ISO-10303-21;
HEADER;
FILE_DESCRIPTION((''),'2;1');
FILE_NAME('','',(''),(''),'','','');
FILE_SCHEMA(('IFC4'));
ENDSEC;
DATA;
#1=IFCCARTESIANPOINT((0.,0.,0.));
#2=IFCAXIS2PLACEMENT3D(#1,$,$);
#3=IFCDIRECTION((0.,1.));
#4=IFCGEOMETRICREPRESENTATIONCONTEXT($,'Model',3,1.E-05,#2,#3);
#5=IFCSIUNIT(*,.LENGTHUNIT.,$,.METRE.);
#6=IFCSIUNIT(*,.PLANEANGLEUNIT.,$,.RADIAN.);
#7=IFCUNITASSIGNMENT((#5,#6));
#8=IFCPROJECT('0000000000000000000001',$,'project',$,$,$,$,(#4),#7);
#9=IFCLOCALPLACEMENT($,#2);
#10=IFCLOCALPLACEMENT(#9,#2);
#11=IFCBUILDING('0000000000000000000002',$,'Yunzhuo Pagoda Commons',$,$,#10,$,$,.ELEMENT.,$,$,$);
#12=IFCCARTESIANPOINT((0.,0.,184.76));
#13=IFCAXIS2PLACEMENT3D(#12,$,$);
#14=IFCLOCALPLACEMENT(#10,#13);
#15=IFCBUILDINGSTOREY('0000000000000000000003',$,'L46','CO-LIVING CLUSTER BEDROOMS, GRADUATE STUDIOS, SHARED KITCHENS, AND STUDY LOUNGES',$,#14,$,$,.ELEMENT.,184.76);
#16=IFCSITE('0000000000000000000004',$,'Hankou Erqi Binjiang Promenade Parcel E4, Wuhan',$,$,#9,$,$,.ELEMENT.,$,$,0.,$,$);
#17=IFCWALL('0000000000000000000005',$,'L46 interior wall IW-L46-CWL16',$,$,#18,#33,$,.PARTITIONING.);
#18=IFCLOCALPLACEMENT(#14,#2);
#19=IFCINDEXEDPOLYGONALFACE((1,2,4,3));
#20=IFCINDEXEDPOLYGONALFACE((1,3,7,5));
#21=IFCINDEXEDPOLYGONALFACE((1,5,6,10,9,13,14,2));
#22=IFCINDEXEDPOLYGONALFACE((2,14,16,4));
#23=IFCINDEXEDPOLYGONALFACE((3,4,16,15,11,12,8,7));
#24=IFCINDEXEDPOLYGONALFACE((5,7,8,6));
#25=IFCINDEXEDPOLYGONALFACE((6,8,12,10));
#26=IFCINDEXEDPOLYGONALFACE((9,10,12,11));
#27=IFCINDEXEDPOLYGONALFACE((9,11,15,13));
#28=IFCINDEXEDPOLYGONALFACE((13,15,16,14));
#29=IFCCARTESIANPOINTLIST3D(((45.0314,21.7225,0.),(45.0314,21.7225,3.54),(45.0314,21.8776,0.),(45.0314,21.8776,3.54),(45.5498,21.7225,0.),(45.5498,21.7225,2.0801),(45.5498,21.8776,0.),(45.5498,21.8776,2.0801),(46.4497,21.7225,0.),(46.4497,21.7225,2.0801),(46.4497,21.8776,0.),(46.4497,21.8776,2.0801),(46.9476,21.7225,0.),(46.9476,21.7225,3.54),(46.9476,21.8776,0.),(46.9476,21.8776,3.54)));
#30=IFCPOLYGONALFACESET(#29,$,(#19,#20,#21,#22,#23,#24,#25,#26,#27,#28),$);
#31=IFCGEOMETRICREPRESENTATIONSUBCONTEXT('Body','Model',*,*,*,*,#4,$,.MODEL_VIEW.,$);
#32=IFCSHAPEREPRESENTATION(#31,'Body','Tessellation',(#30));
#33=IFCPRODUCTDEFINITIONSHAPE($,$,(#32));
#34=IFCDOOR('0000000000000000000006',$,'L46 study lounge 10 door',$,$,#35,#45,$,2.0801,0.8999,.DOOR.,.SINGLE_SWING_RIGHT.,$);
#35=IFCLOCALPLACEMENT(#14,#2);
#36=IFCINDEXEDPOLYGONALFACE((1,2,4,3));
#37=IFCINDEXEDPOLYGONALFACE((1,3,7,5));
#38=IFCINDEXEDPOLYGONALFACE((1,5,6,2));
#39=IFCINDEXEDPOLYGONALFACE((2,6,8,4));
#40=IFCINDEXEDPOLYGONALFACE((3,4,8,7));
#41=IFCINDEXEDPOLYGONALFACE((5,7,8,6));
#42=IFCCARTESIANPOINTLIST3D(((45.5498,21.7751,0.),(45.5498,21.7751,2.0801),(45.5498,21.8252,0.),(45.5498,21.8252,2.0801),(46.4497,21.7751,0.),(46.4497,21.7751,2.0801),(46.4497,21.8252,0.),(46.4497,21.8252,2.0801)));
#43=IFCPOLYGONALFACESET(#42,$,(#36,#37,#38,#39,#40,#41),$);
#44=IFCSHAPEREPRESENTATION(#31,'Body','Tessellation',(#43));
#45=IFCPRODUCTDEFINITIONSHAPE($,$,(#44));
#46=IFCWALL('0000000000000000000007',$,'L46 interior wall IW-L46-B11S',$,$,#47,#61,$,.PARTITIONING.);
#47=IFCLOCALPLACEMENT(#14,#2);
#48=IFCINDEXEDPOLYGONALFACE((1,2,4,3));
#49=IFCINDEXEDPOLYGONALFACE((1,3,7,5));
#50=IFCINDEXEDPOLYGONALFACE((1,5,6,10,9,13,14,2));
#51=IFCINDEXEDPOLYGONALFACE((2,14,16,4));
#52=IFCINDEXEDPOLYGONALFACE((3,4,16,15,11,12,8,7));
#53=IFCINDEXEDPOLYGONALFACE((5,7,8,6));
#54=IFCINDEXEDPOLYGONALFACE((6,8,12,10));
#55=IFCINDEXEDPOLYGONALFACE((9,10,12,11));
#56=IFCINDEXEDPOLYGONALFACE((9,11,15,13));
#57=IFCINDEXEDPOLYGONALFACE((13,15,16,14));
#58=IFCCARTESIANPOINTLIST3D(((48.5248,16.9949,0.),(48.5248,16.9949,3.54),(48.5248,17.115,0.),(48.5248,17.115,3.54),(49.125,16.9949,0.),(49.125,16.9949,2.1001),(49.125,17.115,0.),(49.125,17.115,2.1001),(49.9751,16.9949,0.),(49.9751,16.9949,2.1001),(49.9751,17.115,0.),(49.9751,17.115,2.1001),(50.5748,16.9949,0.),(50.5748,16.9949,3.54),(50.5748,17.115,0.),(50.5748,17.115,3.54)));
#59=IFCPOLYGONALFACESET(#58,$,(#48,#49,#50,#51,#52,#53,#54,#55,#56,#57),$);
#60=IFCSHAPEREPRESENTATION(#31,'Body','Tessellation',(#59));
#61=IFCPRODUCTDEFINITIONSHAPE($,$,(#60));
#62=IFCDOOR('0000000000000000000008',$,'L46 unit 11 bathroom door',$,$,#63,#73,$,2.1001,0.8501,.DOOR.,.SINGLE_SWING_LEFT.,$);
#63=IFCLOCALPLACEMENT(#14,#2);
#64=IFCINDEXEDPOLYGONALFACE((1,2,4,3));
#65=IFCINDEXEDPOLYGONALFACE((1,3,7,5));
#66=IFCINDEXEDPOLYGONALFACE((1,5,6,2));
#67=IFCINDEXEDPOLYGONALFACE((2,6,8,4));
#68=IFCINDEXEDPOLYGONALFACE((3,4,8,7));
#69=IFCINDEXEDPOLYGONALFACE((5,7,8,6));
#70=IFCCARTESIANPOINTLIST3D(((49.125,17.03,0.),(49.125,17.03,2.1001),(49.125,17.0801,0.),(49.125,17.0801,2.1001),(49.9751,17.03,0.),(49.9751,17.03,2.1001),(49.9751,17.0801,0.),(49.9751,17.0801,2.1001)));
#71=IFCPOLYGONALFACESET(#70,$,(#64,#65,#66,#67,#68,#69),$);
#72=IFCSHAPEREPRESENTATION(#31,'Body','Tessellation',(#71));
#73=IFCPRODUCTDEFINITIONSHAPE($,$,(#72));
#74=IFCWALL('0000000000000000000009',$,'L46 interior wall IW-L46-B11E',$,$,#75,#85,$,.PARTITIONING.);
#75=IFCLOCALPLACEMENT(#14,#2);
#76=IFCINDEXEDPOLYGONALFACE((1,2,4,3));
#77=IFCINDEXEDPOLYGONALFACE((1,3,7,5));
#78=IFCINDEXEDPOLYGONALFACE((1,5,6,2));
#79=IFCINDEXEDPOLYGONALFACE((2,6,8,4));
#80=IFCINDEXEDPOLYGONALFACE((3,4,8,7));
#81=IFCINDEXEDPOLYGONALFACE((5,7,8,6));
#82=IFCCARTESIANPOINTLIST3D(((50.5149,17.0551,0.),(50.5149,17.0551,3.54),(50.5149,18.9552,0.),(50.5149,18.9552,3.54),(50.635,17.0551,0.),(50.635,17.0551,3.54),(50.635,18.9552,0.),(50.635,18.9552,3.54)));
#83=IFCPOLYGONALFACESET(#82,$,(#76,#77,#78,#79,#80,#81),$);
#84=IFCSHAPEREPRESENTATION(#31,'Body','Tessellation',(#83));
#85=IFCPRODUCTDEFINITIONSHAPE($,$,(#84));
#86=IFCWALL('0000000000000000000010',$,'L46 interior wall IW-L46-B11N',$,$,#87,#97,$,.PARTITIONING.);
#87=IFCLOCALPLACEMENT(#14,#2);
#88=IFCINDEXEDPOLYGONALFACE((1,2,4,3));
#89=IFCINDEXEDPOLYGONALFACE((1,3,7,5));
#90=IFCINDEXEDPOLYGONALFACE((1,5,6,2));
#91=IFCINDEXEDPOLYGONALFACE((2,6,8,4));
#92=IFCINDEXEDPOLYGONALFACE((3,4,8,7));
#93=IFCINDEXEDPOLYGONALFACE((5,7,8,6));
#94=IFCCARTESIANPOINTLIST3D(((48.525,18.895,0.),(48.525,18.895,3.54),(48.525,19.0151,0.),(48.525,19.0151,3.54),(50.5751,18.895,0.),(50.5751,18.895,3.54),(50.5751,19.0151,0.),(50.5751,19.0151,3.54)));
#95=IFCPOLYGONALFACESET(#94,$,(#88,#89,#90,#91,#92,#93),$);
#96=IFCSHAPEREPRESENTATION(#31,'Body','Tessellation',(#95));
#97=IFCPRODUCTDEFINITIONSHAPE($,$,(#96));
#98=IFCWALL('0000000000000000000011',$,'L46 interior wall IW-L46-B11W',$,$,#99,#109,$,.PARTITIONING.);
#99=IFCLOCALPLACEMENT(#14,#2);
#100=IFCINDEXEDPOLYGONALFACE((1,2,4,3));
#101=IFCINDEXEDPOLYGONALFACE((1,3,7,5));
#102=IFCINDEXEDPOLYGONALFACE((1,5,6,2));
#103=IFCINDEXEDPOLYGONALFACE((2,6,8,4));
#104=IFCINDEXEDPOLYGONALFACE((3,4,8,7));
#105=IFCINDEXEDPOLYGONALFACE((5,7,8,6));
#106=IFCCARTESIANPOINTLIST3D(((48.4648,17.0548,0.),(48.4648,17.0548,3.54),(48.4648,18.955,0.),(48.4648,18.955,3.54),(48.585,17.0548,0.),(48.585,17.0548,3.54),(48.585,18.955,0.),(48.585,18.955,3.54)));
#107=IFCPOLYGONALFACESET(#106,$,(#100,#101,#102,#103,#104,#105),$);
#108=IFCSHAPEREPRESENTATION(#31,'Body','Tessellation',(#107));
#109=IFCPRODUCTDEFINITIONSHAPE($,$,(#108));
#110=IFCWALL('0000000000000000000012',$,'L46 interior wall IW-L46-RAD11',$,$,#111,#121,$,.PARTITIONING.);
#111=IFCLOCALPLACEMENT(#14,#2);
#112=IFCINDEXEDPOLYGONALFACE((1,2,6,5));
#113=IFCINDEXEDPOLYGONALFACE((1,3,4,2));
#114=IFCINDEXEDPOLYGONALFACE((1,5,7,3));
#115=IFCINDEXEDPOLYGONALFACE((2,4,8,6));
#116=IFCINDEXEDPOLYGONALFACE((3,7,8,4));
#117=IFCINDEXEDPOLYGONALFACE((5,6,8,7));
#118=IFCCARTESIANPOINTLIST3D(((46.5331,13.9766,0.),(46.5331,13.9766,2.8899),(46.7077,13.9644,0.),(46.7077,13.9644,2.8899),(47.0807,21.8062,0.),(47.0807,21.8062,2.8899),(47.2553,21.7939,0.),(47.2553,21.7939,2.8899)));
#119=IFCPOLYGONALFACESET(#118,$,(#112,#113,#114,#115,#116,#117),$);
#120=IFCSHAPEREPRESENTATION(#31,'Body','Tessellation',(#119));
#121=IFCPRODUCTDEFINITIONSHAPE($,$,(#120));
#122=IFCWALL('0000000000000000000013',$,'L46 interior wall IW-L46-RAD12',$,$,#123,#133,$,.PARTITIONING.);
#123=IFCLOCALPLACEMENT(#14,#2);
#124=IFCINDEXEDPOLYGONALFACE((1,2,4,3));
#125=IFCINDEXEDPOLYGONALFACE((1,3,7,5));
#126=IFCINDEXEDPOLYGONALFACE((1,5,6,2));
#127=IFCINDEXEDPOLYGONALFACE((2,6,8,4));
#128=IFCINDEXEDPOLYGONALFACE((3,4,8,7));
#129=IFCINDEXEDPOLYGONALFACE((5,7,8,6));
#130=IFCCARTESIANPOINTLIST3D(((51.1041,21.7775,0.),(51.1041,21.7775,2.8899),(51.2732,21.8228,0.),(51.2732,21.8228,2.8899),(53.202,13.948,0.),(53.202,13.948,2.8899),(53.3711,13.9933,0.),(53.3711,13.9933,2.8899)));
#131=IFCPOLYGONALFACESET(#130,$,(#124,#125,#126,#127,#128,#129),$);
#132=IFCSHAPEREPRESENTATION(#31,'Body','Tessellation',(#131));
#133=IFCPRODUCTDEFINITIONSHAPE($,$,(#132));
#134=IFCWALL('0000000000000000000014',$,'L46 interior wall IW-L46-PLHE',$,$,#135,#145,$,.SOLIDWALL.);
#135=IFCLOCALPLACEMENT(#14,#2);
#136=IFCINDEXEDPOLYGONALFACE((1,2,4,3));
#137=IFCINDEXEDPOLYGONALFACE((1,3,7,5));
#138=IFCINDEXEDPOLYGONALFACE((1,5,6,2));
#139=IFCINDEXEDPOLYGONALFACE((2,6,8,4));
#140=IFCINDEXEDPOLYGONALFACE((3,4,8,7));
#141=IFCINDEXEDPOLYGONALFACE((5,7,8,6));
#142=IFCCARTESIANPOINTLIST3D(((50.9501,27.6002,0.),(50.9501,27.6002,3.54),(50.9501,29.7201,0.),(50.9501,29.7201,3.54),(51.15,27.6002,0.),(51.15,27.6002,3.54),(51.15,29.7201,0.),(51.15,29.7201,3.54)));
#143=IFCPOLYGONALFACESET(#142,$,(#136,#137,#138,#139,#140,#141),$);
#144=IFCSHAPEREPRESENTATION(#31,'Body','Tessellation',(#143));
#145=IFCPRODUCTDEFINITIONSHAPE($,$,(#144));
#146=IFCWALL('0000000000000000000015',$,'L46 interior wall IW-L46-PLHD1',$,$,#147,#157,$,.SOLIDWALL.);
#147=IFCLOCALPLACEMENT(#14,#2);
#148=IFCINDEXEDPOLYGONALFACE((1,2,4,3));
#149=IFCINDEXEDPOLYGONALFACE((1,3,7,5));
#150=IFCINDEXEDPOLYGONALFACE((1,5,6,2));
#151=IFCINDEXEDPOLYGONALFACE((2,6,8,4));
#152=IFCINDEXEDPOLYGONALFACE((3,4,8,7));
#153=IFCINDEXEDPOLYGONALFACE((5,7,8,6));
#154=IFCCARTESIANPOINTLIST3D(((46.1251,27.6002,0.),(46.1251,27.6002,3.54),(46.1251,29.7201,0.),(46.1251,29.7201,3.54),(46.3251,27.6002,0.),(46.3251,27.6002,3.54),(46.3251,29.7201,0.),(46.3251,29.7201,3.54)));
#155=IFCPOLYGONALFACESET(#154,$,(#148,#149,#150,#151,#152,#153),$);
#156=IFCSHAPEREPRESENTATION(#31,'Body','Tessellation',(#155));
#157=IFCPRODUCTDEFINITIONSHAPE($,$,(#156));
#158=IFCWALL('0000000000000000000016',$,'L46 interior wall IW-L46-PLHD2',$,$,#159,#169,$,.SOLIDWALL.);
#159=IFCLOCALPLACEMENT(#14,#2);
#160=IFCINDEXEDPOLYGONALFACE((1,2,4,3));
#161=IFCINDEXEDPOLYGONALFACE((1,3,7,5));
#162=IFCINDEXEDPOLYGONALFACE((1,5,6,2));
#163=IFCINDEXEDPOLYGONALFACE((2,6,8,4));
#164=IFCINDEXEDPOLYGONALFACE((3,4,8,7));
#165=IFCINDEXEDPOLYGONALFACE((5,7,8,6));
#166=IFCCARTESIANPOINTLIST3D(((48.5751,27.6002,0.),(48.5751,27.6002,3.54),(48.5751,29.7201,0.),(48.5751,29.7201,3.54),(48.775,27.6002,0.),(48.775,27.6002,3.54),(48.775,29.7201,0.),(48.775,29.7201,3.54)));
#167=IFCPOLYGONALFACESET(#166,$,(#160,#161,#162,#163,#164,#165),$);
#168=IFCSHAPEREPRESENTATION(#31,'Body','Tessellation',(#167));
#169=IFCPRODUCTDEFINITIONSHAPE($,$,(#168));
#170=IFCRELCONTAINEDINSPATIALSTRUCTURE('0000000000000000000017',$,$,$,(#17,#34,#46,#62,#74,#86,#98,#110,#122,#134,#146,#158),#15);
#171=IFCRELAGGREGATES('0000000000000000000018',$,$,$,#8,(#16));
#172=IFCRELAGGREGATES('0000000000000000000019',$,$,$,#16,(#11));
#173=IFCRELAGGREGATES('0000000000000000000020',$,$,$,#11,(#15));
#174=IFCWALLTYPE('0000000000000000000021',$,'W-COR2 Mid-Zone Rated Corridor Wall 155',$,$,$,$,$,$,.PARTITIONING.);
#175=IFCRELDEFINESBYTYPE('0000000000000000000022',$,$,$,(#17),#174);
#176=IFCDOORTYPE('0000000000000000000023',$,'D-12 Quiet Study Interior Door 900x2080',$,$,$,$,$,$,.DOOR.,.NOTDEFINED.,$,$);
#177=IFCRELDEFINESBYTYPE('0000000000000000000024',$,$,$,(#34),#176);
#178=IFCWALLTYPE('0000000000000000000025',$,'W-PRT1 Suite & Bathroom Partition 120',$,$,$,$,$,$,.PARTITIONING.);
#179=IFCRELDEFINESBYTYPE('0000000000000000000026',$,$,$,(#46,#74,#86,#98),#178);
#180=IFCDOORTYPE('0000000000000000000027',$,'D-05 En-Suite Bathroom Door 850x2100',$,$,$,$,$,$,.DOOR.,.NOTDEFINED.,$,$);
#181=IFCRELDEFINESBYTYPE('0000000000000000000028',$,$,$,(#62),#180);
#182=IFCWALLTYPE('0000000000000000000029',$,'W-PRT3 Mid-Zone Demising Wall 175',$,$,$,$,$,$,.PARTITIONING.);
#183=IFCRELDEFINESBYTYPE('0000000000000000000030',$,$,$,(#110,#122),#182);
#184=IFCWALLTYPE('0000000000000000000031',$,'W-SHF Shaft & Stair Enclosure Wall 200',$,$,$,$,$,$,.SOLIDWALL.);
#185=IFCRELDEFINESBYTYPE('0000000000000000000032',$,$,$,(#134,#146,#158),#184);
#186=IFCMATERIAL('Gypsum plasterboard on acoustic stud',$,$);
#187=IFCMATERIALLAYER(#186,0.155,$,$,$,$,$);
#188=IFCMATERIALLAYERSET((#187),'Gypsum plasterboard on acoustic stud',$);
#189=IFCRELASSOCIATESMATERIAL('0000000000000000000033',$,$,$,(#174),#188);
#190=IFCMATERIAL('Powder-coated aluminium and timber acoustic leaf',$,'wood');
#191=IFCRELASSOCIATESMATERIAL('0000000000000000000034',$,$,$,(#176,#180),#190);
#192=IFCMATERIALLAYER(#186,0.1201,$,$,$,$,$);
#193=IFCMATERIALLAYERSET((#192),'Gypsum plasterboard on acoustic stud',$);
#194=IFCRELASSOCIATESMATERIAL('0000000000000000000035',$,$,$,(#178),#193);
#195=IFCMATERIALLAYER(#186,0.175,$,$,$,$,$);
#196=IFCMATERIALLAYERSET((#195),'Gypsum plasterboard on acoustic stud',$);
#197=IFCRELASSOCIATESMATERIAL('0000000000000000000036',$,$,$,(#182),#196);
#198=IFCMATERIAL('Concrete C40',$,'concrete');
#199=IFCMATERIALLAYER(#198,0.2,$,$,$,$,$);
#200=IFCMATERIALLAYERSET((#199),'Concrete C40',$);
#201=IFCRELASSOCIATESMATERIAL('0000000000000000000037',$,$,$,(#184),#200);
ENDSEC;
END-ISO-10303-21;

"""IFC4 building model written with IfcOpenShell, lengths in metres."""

from ifc_helpers import new_model, si_unit, direction, frame, frame_2d, origin, origin_with_axes, place, context, subcontext, project, spatial, rectangle, extrude, source, transform, mapped, material, layer, layer_set, type_object, element, fill, save


model = new_model("IFC4")

# Units and contexts
model_context = context("Model", 3, precision=1e-05, world=origin(), true_north=direction((0.0, 1.0)))
body_context = subcontext(model_context, "Body", "Model", "MODEL_VIEW")
ifc_project = project(units=[si_unit("LENGTHUNIT", "METRE"), si_unit("PLANEANGLEUNIT", "RADIAN")], contexts=[model_context])

# Site, building, storey
site_placement = place(None, origin())
site = spatial("IfcSite", under=ifc_project, at=site_placement, Name="Hankou Erqi Binjiang Promenade Parcel E4, Wuhan", CompositionType="ELEMENT", RefElevation=0.0)
building_placement = place(site_placement, origin())
building = spatial("IfcBuilding", under=site, at=building_placement, Name="Yunzhuo Pagoda Commons", CompositionType="ELEMENT")
storey_placement = place(building_placement, frame((0.0, 0.0, 184.76)))
storey = spatial("IfcBuildingStorey", under=building, at=storey_placement, Name="L46", Description="CO-LIVING CLUSTER BEDROOMS, GRADUATE STUDIOS, SHARED KITCHENS, AND STUDY LOUNGES", CompositionType="ELEMENT", Elevation=184.76)

# Walls, openings, doors
ifc_material_1 = material(Name="Gypsum plasterboard on acoustic stud")
ifc_layer_1 = layer(ifc_material_1, 0.155)
ifc_layer_set_1 = layer_set([ifc_layer_1], Name="Gypsum plasterboard on acoustic stud")
wall_type_1 = type_object("IfcWallType", Name="W-COR2 Mid-Zone Rated Corridor Wall 155", PredefinedType="PARTITIONING", material=ifc_layer_set_1)
wall_1_placement = place(storey_placement, frame((46.9475, 21.8, 0.0), z_axis=(0.0, 0.0, 1.0), x_axis=(-1.0, 0.0, 0.0)))
wall_1 = element("IfcWall", 1, at=wall_1_placement, inside=storey, type_object=wall_type_1, Name="L46 interior wall IW-L46-CWL16", PredefinedType="PARTITIONING", context=body_context, shape_type="SweptSolid", body=[
    extrude(rectangle(XDim=1.9163, YDim=0.155, at=frame_2d((0.958, 0.0))), origin(), (0.0, 0.0, 1.0), 3.54),
])
opening_1_placement = place(wall_1_placement, frame((0.4978, 0.0, 0.0)))
opening_1 = element("IfcOpeningElement", 2, at=opening_1_placement, cuts=wall_1, PredefinedType="OPENING", context=body_context, shape_type="SweptSolid", body=[
    extrude(rectangle(XDim=0.8999, YDim=2.0801, at=frame_2d((0.45, 1.04))), frame((0.0, 0.0874, 0.0), z_axis=(0.0, -1.0, 0.0), x_axis=(1.0, 0.0, 0.0)), (0.0, 0.0, 1.0), 0.175),
])
ifc_material_2 = material(Name="Powder-coated aluminium and timber acoustic leaf", Category="wood")
door_type_1 = type_object("IfcDoorType", Name="D-12 Quiet Study Interior Door 900x2080", OperationType="NOTDEFINED", PredefinedType="DOOR", material=ifc_material_2)
shared_shape_1 = source(origin(), body_context, "Body", "SweptSolid", [
    extrude(rectangle(XDim=0.8999, YDim=2.0801, at=frame_2d((0.45, 1.04))), frame((0.0, 0.0249, 0.0), z_axis=(0.0, -1.0, 0.0), x_axis=(1.0, 0.0, 0.0)), (0.0, 0.0, 1.0), 0.05),
])
door_1_placement = place(opening_1_placement, origin_with_axes())
door_1 = element("IfcDoor", 3, at=door_1_placement, inside=storey, type_object=door_type_1, Name="L46 study lounge 10 door", OperationType="SINGLE_SWING_RIGHT", OverallHeight=2.0801, OverallWidth=0.8999, PredefinedType="DOOR", context=body_context, shape_type="MappedRepresentation", body=[
    mapped(shared_shape_1, transform((0.0, 0.0, 0.0), scale=1.0)),
])
fill(opening_1, door_1)
ifc_layer_2 = layer(ifc_material_1, 0.1201)
ifc_layer_set_2 = layer_set([ifc_layer_2], Name="Gypsum plasterboard on acoustic stud")
wall_type_2 = type_object("IfcWallType", Name="W-PRT1 Suite & Bathroom Partition 120", PredefinedType="PARTITIONING", material=ifc_layer_set_2)
wall_2_placement = place(storey_placement, frame((48.5249, 17.0549, 0.0), z_axis=(0.0, 0.0, 1.0), x_axis=(1.0, 0.0, 0.0)))
wall_2 = element("IfcWall", 4, at=wall_2_placement, inside=storey, type_object=wall_type_2, Name="L46 interior wall IW-L46-B11S", PredefinedType="PARTITIONING", context=body_context, shape_type="SweptSolid", body=[
    extrude(rectangle(XDim=2.05, YDim=0.1201, at=frame_2d((1.0249, 0.0))), origin(), (0.0, 0.0, 1.0), 3.54),
])
opening_2_placement = place(wall_2_placement, frame((0.6001, 0.0, 0.0)))
opening_2 = element("IfcOpeningElement", 5, at=opening_2_placement, cuts=wall_2, PredefinedType="OPENING", context=body_context, shape_type="SweptSolid", body=[
    extrude(rectangle(XDim=0.8501, YDim=2.1001, at=frame_2d((0.425, 1.05))), frame((0.0, 0.0701, 0.0), z_axis=(0.0, -1.0, 0.0), x_axis=(1.0, 0.0, 0.0)), (0.0, 0.0, 1.0), 0.1401),
])
door_type_2 = type_object("IfcDoorType", Name="D-05 En-Suite Bathroom Door 850x2100", OperationType="NOTDEFINED", PredefinedType="DOOR", material=ifc_material_2)
shared_shape_2 = source(origin(), body_context, "Body", "SweptSolid", [
    extrude(rectangle(XDim=0.8501, YDim=2.1001, at=frame_2d((0.425, 1.05))), frame((0.0, 0.0249, 0.0), z_axis=(0.0, -1.0, 0.0), x_axis=(1.0, 0.0, 0.0)), (0.0, 0.0, 1.0), 0.05),
])
door_2_placement = place(opening_2_placement, frame((0.8501, 0.0, 0.0), z_axis=(0.0, 0.0, 1.0), x_axis=(-1.0, 0.0, 0.0)))
door_2 = element("IfcDoor", 6, at=door_2_placement, inside=storey, type_object=door_type_2, Name="L46 unit 11 bathroom door", OperationType="SINGLE_SWING_LEFT", OverallHeight=2.1001, OverallWidth=0.8501, PredefinedType="DOOR", context=body_context, shape_type="MappedRepresentation", body=[
    mapped(shared_shape_2, transform((0.0, 0.0, 0.0), scale=1.0)),
])
fill(opening_2, door_2)

# Walls
wall_3_placement = place(storey_placement, frame((50.575, 17.0549, 0.0), z_axis=(0.0, 0.0, 1.0), x_axis=(0.0, 1.0, 0.0)))
element("IfcWall", 7, at=wall_3_placement, inside=storey, type_object=wall_type_2, Name="L46 interior wall IW-L46-B11E", PredefinedType="PARTITIONING", context=body_context, shape_type="SweptSolid", body=[
    extrude(rectangle(XDim=1.9001, YDim=0.1201, at=frame_2d((0.9502, 0.0))), origin(), (0.0, 0.0, 1.0), 3.54),
])
wall_4_placement = place(storey_placement, frame((50.575, 18.9551, 0.0), z_axis=(0.0, 0.0, 1.0), x_axis=(-1.0, 0.0, 0.0)))
element("IfcWall", 8, at=wall_4_placement, inside=storey, type_object=wall_type_2, Name="L46 interior wall IW-L46-B11N", PredefinedType="PARTITIONING", context=body_context, shape_type="SweptSolid", body=[
    extrude(rectangle(XDim=2.05, YDim=0.1201, at=frame_2d((1.0249, 0.0))), origin(), (0.0, 0.0, 1.0), 3.54),
])
wall_5_placement = place(storey_placement, frame((48.5249, 18.9551, 0.0), z_axis=(0.0, 0.0, 1.0), x_axis=(0.0, -1.0, 0.0)))
element("IfcWall", 9, at=wall_5_placement, inside=storey, type_object=wall_type_2, Name="L46 interior wall IW-L46-B11W", PredefinedType="PARTITIONING", context=body_context, shape_type="SweptSolid", body=[
    extrude(rectangle(XDim=1.9001, YDim=0.1201, at=frame_2d((0.9502, 0.0))), origin(), (0.0, 0.0, 1.0), 3.54),
])
ifc_layer_3 = layer(ifc_material_1, 0.175)
ifc_layer_set_3 = layer_set([ifc_layer_3], Name="Gypsum plasterboard on acoustic stud")
wall_type_3 = type_object("IfcWallType", Name="W-PRT3 Mid-Zone Demising Wall 175", PredefinedType="PARTITIONING", material=ifc_layer_set_3)
wall_6_placement = place(storey_placement, frame((47.168, 21.8, 0.0), z_axis=(0.0, 0.0, 1.0), x_axis=(-0.06977, -0.997563, 0.0)))
element("IfcWall", 10, at=wall_6_placement, inside=storey, type_object=wall_type_3, Name="L46 interior wall IW-L46-RAD11", PredefinedType="PARTITIONING", context=body_context, shape_type="SweptSolid", body=[
    extrude(rectangle(XDim=7.8486, YDim=0.175, at=frame_2d((3.9243, 0.0))), origin(), (0.0, 0.0, 1.0), 2.8899),
])
wall_7_placement = place(storey_placement, frame((51.1887, 21.8, 0.0), z_axis=(0.0, 0.0, 1.0), x_axis=(0.258815, -0.965927, 0.0)))
element("IfcWall", 11, at=wall_7_placement, inside=storey, type_object=wall_type_3, Name="L46 interior wall IW-L46-RAD12", PredefinedType="PARTITIONING", context=body_context, shape_type="SweptSolid", body=[
    extrude(rectangle(XDim=8.1057, YDim=0.175, at=frame_2d((4.0527, 0.0))), origin(), (0.0, 0.0, 1.0), 2.8899),
])
ifc_material_3 = material(Name="Concrete C40", Category="concrete")
ifc_layer_4 = layer(ifc_material_3, 0.2)
ifc_layer_set_4 = layer_set([ifc_layer_4], Name="Concrete C40")
wall_type_4 = type_object("IfcWallType", Name="W-SHF Shaft & Stair Enclosure Wall 200", PredefinedType="SOLIDWALL", material=ifc_layer_set_4)
for number, where, z_axis, x_axis, name in (
    (12, (51.05, 27.6001, 0.0), (0.0, 0.0, 1.0), (0.0, 1.0, 0.0), "L46 interior wall IW-L46-PLHE"),
    (13, (46.2251, 27.6001, 0.0), (0.0, 0.0, 1.0), (0.0, 1.0, 0.0), "L46 interior wall IW-L46-PLHD1"),
    (14, (48.675, 27.6001, 0.0), (0.0, 0.0, 1.0), (0.0, 1.0, 0.0), "L46 interior wall IW-L46-PLHD2"),
):
    element("IfcWall", number, at=place(storey_placement, frame(where, z_axis=z_axis, x_axis=x_axis)), inside=storey, type_object=wall_type_4, Name=name, PredefinedType="SOLIDWALL", context=body_context, shape_type="SweptSolid", body=[
        extrude(rectangle(XDim=2.1199, YDim=0.2, at=frame_2d((1.0601, 0.0))), origin(), (0.0, 0.0, 1.0), 3.54),
    ])

save(model, "model.ifc")
